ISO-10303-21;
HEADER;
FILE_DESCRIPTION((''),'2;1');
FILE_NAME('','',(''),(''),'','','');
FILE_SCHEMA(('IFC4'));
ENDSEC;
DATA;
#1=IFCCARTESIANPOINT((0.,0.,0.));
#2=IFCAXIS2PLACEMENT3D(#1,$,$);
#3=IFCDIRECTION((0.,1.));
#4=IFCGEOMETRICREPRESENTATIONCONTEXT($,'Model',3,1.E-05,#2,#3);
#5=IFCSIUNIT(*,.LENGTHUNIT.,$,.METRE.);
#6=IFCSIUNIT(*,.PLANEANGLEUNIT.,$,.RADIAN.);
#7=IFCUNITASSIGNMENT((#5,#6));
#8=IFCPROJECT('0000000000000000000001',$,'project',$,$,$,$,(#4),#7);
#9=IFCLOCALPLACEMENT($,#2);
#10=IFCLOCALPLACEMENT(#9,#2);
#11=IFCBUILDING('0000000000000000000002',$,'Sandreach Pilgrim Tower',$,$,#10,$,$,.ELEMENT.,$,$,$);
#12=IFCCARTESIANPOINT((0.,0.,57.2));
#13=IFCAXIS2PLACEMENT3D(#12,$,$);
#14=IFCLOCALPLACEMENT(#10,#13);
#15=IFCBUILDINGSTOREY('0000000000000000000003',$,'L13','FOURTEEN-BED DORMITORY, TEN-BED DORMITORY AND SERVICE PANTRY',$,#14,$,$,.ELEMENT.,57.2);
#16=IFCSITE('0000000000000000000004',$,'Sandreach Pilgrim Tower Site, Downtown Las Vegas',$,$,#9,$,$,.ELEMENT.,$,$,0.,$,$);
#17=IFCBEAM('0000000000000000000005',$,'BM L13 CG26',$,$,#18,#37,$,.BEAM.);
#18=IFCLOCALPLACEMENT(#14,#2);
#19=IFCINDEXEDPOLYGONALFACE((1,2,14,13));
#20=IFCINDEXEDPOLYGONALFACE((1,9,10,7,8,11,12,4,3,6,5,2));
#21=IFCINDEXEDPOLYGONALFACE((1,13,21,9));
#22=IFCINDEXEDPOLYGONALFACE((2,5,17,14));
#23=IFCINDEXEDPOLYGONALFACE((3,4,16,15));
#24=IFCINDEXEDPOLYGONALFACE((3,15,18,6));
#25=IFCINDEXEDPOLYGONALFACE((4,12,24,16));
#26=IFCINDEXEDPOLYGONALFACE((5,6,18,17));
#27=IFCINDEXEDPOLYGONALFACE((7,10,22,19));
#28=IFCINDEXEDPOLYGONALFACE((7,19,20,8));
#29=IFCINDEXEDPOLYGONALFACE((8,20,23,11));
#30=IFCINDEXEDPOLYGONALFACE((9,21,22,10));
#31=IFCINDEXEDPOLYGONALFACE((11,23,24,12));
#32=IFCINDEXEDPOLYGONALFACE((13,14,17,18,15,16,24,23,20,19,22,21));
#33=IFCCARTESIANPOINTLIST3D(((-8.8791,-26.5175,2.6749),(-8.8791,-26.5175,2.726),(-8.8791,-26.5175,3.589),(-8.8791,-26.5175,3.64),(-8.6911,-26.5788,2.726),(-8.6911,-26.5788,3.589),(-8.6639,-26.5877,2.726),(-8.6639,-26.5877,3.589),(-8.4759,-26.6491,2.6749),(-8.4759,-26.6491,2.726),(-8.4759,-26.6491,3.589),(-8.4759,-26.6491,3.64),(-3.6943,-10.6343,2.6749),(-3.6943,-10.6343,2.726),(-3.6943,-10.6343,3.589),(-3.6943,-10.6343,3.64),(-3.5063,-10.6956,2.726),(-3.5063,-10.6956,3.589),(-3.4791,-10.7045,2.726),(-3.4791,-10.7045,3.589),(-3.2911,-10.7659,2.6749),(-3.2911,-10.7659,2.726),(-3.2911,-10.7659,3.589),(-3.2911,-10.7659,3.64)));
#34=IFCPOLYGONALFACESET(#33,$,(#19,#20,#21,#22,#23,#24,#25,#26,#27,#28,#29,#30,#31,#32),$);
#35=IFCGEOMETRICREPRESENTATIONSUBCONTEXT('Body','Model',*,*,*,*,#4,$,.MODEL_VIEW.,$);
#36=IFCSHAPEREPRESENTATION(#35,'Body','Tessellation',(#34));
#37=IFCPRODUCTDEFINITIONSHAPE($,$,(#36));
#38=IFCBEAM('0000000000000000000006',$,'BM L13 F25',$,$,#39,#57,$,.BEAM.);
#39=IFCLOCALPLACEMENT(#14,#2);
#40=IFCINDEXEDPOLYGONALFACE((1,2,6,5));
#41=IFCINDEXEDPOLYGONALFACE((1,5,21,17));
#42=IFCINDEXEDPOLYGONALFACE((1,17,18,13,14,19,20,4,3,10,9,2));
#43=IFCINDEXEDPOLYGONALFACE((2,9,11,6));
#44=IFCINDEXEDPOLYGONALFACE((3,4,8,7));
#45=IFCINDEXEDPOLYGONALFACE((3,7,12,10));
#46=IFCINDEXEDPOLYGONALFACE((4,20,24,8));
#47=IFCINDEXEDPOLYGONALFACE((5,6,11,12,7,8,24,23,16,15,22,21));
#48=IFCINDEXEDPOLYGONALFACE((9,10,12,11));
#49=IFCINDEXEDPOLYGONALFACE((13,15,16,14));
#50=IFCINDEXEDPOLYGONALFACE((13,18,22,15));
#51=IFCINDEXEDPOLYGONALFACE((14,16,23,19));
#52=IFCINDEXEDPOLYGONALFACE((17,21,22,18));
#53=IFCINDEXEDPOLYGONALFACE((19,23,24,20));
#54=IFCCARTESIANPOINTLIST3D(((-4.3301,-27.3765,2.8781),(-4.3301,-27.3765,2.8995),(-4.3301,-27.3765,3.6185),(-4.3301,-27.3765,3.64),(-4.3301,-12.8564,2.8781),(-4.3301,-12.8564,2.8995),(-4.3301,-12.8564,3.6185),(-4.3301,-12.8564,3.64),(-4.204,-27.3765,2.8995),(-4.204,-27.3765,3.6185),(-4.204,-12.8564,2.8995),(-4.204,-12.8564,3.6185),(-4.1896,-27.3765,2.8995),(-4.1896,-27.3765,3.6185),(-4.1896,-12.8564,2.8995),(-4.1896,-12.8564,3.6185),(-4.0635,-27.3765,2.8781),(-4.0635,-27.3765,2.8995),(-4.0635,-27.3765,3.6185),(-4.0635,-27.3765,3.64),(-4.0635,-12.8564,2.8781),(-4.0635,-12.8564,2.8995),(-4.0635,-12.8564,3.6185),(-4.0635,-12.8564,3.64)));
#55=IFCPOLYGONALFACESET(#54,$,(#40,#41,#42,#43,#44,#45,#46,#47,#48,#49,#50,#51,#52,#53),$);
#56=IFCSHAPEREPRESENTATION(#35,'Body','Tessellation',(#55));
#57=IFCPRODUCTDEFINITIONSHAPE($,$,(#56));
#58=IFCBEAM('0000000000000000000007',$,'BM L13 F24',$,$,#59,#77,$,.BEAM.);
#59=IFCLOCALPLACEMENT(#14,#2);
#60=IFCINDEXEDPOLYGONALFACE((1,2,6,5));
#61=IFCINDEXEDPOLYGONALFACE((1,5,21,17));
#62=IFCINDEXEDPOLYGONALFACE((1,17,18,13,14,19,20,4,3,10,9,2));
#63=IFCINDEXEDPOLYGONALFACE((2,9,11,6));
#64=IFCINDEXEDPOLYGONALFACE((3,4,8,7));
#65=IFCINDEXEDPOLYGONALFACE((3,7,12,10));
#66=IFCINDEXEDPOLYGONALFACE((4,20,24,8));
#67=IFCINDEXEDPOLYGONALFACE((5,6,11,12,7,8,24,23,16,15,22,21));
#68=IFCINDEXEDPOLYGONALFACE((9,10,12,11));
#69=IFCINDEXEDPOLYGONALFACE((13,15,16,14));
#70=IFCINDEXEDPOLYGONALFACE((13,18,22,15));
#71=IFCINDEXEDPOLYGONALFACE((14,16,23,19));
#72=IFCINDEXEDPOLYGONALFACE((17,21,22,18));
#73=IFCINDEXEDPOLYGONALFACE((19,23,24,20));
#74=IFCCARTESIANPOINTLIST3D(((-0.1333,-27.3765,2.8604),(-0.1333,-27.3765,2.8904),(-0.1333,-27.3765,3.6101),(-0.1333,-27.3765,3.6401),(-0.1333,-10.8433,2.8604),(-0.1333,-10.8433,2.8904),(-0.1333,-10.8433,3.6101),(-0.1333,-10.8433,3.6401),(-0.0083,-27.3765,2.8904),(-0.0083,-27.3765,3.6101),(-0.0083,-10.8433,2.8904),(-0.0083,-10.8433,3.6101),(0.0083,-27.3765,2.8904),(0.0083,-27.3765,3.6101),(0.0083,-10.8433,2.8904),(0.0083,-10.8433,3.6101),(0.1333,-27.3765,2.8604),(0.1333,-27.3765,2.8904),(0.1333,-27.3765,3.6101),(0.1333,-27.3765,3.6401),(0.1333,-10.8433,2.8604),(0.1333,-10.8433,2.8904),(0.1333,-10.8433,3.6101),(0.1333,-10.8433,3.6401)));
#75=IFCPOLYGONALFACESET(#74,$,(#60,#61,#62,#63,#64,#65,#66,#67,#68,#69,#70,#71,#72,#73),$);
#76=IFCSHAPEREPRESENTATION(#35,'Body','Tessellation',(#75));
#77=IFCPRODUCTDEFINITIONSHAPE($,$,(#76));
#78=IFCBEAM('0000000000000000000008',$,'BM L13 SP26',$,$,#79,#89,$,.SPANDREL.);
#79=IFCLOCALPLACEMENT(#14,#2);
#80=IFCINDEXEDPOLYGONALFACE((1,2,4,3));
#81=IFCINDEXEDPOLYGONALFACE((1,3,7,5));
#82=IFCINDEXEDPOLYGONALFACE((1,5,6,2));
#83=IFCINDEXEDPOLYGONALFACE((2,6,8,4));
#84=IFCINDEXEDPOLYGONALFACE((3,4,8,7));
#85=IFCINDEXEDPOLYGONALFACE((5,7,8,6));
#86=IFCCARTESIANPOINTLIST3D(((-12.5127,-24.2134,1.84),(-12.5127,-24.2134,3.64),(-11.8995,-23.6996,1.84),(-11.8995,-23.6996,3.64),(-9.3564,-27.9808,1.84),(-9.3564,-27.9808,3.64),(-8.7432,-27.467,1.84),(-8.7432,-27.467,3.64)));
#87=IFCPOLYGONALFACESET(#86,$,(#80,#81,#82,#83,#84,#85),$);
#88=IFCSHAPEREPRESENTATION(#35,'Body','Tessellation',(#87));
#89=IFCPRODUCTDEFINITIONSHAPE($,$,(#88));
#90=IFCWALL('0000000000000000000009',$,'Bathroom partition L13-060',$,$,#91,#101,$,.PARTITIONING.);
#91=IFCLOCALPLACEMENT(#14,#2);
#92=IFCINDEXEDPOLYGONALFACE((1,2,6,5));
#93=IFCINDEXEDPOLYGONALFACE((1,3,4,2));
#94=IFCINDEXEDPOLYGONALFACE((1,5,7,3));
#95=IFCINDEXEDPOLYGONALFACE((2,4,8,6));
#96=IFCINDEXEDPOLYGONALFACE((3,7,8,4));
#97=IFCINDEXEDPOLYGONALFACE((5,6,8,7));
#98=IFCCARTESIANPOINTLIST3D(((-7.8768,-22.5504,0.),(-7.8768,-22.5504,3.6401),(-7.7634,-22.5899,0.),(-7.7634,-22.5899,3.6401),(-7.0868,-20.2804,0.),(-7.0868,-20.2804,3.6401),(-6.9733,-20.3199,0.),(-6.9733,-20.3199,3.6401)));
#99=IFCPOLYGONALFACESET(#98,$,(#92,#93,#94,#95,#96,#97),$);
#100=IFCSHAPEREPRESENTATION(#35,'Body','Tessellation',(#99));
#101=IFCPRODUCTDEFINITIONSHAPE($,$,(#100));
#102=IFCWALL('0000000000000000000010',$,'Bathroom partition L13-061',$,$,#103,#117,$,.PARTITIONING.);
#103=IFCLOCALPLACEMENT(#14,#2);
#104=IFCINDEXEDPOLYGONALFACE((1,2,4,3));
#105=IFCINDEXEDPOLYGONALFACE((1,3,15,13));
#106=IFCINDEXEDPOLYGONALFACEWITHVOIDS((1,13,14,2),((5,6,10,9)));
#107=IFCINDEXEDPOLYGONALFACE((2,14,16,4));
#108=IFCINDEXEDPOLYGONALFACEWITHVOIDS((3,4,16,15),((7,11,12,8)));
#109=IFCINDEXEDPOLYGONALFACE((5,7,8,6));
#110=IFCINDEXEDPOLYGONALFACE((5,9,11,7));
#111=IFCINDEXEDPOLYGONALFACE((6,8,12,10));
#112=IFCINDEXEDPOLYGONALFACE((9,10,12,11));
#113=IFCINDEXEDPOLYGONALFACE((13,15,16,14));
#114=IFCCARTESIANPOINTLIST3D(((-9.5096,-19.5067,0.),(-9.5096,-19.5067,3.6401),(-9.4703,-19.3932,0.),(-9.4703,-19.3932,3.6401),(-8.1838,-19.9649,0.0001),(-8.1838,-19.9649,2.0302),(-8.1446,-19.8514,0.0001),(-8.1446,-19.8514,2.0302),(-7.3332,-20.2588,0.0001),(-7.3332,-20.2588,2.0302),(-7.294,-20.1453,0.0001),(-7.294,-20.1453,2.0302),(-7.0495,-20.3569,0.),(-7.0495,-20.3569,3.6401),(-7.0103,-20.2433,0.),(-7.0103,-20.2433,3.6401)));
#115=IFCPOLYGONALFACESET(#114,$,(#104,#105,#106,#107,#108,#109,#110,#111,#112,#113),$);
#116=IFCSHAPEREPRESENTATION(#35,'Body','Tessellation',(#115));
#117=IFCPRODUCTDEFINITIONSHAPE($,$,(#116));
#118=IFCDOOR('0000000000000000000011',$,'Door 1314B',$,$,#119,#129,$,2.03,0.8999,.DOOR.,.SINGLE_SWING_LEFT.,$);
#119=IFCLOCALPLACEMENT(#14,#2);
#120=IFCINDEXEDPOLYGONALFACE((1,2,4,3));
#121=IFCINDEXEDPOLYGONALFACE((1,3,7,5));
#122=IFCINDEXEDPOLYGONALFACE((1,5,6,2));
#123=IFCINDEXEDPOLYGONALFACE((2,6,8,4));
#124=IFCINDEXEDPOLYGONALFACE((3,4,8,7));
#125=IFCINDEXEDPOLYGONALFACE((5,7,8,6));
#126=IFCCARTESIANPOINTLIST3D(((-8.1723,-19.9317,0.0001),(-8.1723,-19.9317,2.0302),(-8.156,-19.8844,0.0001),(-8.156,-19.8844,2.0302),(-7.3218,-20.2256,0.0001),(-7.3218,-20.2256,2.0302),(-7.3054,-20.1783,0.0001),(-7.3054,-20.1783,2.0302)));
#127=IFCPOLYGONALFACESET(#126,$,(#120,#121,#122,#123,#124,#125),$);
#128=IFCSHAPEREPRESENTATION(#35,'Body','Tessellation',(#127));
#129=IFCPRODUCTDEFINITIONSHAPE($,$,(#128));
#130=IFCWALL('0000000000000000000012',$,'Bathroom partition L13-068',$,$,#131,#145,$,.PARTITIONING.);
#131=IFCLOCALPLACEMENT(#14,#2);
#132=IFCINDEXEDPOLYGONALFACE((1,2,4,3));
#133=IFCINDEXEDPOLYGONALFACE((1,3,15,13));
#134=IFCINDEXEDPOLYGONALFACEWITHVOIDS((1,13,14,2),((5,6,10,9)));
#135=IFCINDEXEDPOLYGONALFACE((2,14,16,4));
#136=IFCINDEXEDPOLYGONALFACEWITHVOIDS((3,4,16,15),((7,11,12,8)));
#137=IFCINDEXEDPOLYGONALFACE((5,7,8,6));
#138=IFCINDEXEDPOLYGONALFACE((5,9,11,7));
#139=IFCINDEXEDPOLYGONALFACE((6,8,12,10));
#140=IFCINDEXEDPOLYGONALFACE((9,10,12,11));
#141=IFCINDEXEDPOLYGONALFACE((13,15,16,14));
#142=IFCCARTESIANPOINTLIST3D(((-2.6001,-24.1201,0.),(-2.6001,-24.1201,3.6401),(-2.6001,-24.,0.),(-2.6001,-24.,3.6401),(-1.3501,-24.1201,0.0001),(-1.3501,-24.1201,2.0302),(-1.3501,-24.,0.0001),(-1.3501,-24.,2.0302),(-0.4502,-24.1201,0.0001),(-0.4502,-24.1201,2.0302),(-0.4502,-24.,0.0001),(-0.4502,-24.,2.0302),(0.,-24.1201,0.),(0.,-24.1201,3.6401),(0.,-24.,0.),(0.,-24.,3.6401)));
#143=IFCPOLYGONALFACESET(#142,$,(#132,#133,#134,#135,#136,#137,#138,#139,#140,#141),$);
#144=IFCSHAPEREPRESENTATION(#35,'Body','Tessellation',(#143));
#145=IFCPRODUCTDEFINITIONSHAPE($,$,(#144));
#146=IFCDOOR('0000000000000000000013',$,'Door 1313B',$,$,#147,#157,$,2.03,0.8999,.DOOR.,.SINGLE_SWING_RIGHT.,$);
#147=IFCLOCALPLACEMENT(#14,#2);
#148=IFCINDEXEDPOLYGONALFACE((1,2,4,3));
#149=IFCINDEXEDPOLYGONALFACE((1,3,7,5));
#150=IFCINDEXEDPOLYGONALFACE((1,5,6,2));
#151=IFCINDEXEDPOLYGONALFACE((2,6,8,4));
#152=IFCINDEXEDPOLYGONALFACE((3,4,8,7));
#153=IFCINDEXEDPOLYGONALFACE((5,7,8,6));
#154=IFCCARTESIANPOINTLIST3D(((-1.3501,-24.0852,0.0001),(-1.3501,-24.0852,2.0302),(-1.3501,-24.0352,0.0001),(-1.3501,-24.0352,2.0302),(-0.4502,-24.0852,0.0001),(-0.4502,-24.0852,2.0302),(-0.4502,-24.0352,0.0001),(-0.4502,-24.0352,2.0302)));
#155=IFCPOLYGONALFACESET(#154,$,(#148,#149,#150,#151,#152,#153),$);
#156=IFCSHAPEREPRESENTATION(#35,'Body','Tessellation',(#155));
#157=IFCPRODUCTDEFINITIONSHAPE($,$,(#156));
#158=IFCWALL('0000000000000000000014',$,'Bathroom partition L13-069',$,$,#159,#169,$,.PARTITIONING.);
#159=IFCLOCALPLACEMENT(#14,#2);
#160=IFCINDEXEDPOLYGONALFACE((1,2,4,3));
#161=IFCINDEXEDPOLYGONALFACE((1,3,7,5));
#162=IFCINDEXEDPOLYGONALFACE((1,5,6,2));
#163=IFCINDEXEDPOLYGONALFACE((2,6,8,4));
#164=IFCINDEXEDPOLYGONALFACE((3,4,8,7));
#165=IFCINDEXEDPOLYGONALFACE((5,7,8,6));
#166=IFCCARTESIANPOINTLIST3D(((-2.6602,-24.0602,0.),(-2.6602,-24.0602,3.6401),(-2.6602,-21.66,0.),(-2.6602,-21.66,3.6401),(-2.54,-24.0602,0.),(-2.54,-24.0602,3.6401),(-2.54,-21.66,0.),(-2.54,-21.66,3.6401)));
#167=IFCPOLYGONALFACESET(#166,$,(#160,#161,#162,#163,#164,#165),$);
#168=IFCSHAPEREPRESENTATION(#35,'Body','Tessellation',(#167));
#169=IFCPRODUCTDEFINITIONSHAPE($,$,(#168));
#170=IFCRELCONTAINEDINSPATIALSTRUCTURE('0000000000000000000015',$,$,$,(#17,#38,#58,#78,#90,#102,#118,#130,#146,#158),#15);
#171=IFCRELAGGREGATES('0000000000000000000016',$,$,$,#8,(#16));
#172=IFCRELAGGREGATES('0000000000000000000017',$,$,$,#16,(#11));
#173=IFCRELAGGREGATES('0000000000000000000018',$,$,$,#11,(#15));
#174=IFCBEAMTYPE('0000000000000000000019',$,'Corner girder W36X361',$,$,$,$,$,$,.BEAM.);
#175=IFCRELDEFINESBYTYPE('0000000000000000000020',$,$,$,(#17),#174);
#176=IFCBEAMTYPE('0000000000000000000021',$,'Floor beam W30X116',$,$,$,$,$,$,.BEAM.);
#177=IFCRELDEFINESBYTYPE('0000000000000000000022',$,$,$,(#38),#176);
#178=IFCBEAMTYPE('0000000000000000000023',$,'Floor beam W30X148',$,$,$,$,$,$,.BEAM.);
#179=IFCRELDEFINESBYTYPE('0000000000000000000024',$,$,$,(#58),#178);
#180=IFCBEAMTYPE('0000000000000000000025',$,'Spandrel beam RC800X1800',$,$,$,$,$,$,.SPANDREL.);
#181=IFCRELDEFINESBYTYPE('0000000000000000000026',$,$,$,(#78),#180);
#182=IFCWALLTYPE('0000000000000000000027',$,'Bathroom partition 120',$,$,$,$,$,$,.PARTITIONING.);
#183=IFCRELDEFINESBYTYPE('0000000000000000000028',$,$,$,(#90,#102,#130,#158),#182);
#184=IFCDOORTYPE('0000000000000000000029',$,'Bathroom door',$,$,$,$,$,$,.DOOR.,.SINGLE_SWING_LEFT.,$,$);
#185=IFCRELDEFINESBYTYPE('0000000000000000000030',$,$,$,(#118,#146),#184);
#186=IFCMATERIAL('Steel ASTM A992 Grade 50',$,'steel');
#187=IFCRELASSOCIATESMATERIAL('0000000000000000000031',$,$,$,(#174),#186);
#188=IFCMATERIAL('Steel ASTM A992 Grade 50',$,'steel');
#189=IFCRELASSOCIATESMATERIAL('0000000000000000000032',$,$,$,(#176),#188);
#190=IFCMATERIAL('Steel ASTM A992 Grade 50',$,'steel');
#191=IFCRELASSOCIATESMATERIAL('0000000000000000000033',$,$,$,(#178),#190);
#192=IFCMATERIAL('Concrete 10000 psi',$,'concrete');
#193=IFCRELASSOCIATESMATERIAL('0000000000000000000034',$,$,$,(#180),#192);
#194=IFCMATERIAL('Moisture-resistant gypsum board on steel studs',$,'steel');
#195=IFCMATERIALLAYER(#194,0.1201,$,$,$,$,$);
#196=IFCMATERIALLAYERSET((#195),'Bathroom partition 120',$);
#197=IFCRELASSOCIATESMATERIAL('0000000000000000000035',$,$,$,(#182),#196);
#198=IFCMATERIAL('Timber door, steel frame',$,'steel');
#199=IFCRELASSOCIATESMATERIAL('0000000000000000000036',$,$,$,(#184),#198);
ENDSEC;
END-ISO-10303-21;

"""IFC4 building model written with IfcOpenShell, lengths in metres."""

from ifc_helpers import new_model, si_unit, direction, frame, frame_2d, origin, origin_2d, place, context, subcontext, project, spatial, rectangle, i_section, extrude, material, layer, layer_set, material_profile, profile_set, type_object, element, fill, save


model = new_model("IFC4")

# Units and contexts
model_context = context("Model", 3, precision=1e-05, world=origin(), true_north=direction((0.0, 1.0)))
body_context = subcontext(model_context, "Body", "Model", "MODEL_VIEW")
ifc_project = project(units=[si_unit("LENGTHUNIT", "METRE"), si_unit("PLANEANGLEUNIT", "RADIAN")], contexts=[model_context])

# Site, building, storey
site_placement = place(None, origin())
site = spatial("IfcSite", under=ifc_project, at=site_placement, Name="Sandreach Pilgrim Tower Site, Downtown Las Vegas", CompositionType="ELEMENT", RefElevation=0.0)
building_placement = place(site_placement, origin())
building = spatial("IfcBuilding", under=site, at=building_placement, Name="Sandreach Pilgrim Tower", CompositionType="ELEMENT")
storey_placement = place(building_placement, frame((0.0, 0.0, 57.2)))
storey = spatial("IfcBuildingStorey", under=building, at=storey_placement, Name="L13", Description="FOURTEEN-BED DORMITORY, TEN-BED DORMITORY AND SERVICE PANTRY", CompositionType="ELEMENT", Elevation=57.2)

# Beams
ifc_material_1 = material(Name="Steel ASTM A992 Grade 50", Category="steel")
ifc_material_profile_1 = material_profile(ifc_material_1, i_section(OverallWidth=0.4241, OverallDepth=0.9651, WebThickness=0.0286, FlangeThickness=0.051, at=origin_2d()), Name="W36X361")
ifc_profile_set_1 = profile_set([ifc_material_profile_1], Name="Steel ASTM A992 Grade 50")
beam_type_1 = type_object("IfcBeamType", Name="Corner girder W36X361", PredefinedType="BEAM", material=ifc_profile_set_1)
beam_1_placement = place(storey_placement, frame((-8.6775, -26.5833, 3.1575), z_axis=(0.310317, 0.950633, 0.0), x_axis=(-0.950633, 0.310317, 0.0)))
element("IfcBeam", 1, at=beam_1_placement, inside=storey, type_object=beam_type_1, Name="BM L13 CG26", PredefinedType="BEAM", context=body_context, shape_type="SweptSolid", body=[
    extrude(i_section(OverallWidth=0.4241, OverallDepth=0.9651, WebThickness=0.0286, FlangeThickness=0.051, at=origin_2d()), origin(), (0.0, 0.0, 1.0), 16.708),
])
ifc_material_2 = material(Name="Steel ASTM A992 Grade 50", Category="steel")
ifc_material_profile_2 = material_profile(ifc_material_2, i_section(OverallWidth=0.2666, OverallDepth=0.762, WebThickness=0.0144, FlangeThickness=0.0215, at=origin_2d()), Name="W30X116")
ifc_profile_set_2 = profile_set([ifc_material_profile_2], Name="Steel ASTM A992 Grade 50")
beam_type_2 = type_object("IfcBeamType", Name="Floor beam W30X116", PredefinedType="BEAM", material=ifc_profile_set_2)
beam_2_placement = place(storey_placement, frame((-4.1968, -27.3765, 3.259), z_axis=(0.0, 1.0, 0.0), x_axis=(-1.0, 0.0, 0.0)))
element("IfcBeam", 2, at=beam_2_placement, inside=storey, type_object=beam_type_2, Name="BM L13 F25", PredefinedType="BEAM", context=body_context, shape_type="SweptSolid", body=[
    extrude(i_section(OverallWidth=0.2666, OverallDepth=0.762, WebThickness=0.0144, FlangeThickness=0.0215, at=origin_2d()), origin(), (0.0, 0.0, 1.0), 14.52),
])
ifc_material_3 = material(Name="Steel ASTM A992 Grade 50", Category="steel")
ifc_material_profile_3 = material_profile(ifc_material_3, i_section(OverallWidth=0.2666, OverallDepth=0.7798, WebThickness=0.0166, FlangeThickness=0.03, at=origin_2d()), Name="W30X148")
ifc_profile_set_3 = profile_set([ifc_material_profile_3], Name="Steel ASTM A992 Grade 50")
beam_type_3 = type_object("IfcBeamType", Name="Floor beam W30X148", PredefinedType="BEAM", material=ifc_profile_set_3)
beam_3_placement = place(storey_placement, frame((0.0, -27.3765, 3.2502), z_axis=(0.0, 1.0, 0.0), x_axis=(-1.0, 0.0, 0.0)))
element("IfcBeam", 3, at=beam_3_placement, inside=storey, type_object=beam_type_3, Name="BM L13 F24", PredefinedType="BEAM", context=body_context, shape_type="SweptSolid", body=[
    extrude(i_section(OverallWidth=0.2666, OverallDepth=0.7798, WebThickness=0.0166, FlangeThickness=0.03, at=origin_2d()), origin(), (0.0, 0.0, 1.0), 16.5332),
])
ifc_material_4 = material(Name="Concrete 10000 psi", Category="concrete")
ifc_material_profile_4 = material_profile(ifc_material_4, rectangle(XDim=0.8, YDim=1.8, at=origin_2d()), Name="RC800X1800")
ifc_profile_set_4 = profile_set([ifc_material_profile_4], Name="Concrete 10000 psi")
beam_type_4 = type_object("IfcBeamType", Name="Spandrel beam RC800X1800", PredefinedType="SPANDREL", material=ifc_profile_set_4)
beam_4_placement = place(storey_placement, frame((-9.0498, -27.7239, 2.74), z_axis=(-0.6422, 0.766537, 0.0), x_axis=(-0.766537, -0.6422, 0.0)))
element("IfcBeam", 4, at=beam_4_placement, inside=storey, type_object=beam_type_4, Name="BM L13 SP26", PredefinedType="SPANDREL", context=body_context, shape_type="SweptSolid", body=[
    extrude(rectangle(XDim=0.8, YDim=1.8, at=origin_2d()), origin(), (0.0, 0.0, 1.0), 4.9148),
])

# Wall
ifc_material_5 = material(Name="Moisture-resistant gypsum board on steel studs", Category="steel")
ifc_layer_1 = layer(ifc_material_5, 0.1201)
ifc_layer_set_1 = layer_set([ifc_layer_1], Name="Bathroom partition 120")
wall_type_1 = type_object("IfcWallType", Name="Bathroom partition 120", PredefinedType="PARTITIONING", material=ifc_layer_set_1)
wall_1_placement = place(storey_placement, frame((-7.8201, -22.5701, 0.0), z_axis=(0.0, 0.0, 1.0), x_axis=(0.328694, 0.944436, 0.0)))
element("IfcWall", 5, at=wall_1_placement, inside=storey, type_object=wall_type_1, Name="Bathroom partition L13-060", PredefinedType="PARTITIONING", context=body_context, shape_type="SweptSolid", body=[
    extrude(rectangle(XDim=2.4036, YDim=0.1201, at=frame_2d((1.2017, 0.0))), origin(), (0.0, 0.0, 1.0), 3.6401),
])

# Walls, openings, doors
wall_2_placement = place(storey_placement, frame((-7.03, -20.3, 0.0), z_axis=(0.0, 0.0, 1.0), x_axis=(-0.945155, 0.326621, 0.0)))
wall_2 = element("IfcWall", 6, at=wall_2_placement, inside=storey, type_object=wall_type_1, Name="Bathroom partition L13-061", PredefinedType="PARTITIONING", context=body_context, shape_type="SweptSolid", body=[
    extrude(rectangle(XDim=2.6028, YDim=0.1201, at=frame_2d((1.3013, 0.0))), origin(), (0.0, 0.0, 1.0), 3.6401),
])
opening_1_placement = place(wall_2_placement, frame((0.3, 0.0, 0.0)))
opening_1 = element("IfcOpeningElement", 7, at=opening_1_placement, cuts=wall_2, PredefinedType="OPENING", context=body_context, shape_type="SweptSolid", body=[
    extrude(rectangle(XDim=0.8999, YDim=2.03, at=frame_2d((0.45, 1.0151))), frame((0.0, 0.0601, 0.0), z_axis=(0.0, -1.0, 0.0), x_axis=(1.0, 0.0, 0.0)), (0.0, 0.0, 1.0), 0.1201),
])
ifc_material_6 = material(Name="Timber door, steel frame", Category="steel")
door_type_1 = type_object("IfcDoorType", Name="Bathroom door", OperationType="SINGLE_SWING_LEFT", PredefinedType="DOOR", material=ifc_material_6)
door_1_placement = place(opening_1_placement, origin())
door_1 = element("IfcDoor", 8, at=door_1_placement, inside=storey, type_object=door_type_1, Name="Door 1314B", OperationType="SINGLE_SWING_LEFT", OverallHeight=2.03, OverallWidth=0.8999, PredefinedType="DOOR", context=body_context, shape_type="SweptSolid", body=[
    extrude(rectangle(XDim=0.8999, YDim=2.03, at=frame_2d((0.45, 1.0151))), frame((0.0, 0.0249, 0.0), z_axis=(0.0, -1.0, 0.0), x_axis=(1.0, 0.0, 0.0)), (0.0, 0.0, 1.0), 0.05),
])
fill(opening_1, door_1)
wall_3_placement = place(storey_placement, frame((-2.6001, -24.0601, 0.0), z_axis=(0.0, 0.0, 1.0), x_axis=(1.0, 0.0, 0.0)))
wall_3 = element("IfcWall", 9, at=wall_3_placement, inside=storey, type_object=wall_type_1, Name="Bathroom partition L13-068", PredefinedType="PARTITIONING", context=body_context, shape_type="SweptSolid", body=[
    extrude(rectangle(XDim=2.6001, YDim=0.1201, at=frame_2d((1.3, 0.0))), origin(), (0.0, 0.0, 1.0), 3.6401),
])
opening_2_placement = place(wall_3_placement, frame((1.25, 0.0, 0.0)))
opening_2 = element("IfcOpeningElement", 10, at=opening_2_placement, cuts=wall_3, PredefinedType="OPENING", context=body_context, shape_type="SweptSolid", body=[
    extrude(rectangle(XDim=0.8999, YDim=2.03, at=frame_2d((0.45, 1.0151))), frame((0.0, 0.0601, 0.0), z_axis=(0.0, -1.0, 0.0), x_axis=(1.0, 0.0, 0.0)), (0.0, 0.0, 1.0), 0.1201),
])
door_2_placement = place(opening_2_placement, origin())
door_2 = element("IfcDoor", 11, at=door_2_placement, inside=storey, type_object=door_type_1, Name="Door 1313B", OperationType="SINGLE_SWING_RIGHT", OverallHeight=2.03, OverallWidth=0.8999, PredefinedType="DOOR", context=body_context, shape_type="SweptSolid", body=[
    extrude(rectangle(XDim=0.8999, YDim=2.03, at=frame_2d((0.45, 1.0151))), frame((0.0, 0.0249, 0.0), z_axis=(0.0, -1.0, 0.0), x_axis=(1.0, 0.0, 0.0)), (0.0, 0.0, 1.0), 0.05),
])
fill(opening_2, door_2)

# Wall
wall_4_placement = place(storey_placement, frame((-2.6001, -21.6599, 0.0), z_axis=(0.0, 0.0, 1.0), x_axis=(0.0, -1.0, 0.0)))
element("IfcWall", 12, at=wall_4_placement, inside=storey, type_object=wall_type_1, Name="Bathroom partition L13-069", PredefinedType="PARTITIONING", context=body_context, shape_type="SweptSolid", body=[
    extrude(rectangle(XDim=2.4001, YDim=0.1201, at=frame_2d((1.2002, 0.0))), origin(), (0.0, 0.0, 1.0), 3.6401),
])

save(model, "model.ifc")
